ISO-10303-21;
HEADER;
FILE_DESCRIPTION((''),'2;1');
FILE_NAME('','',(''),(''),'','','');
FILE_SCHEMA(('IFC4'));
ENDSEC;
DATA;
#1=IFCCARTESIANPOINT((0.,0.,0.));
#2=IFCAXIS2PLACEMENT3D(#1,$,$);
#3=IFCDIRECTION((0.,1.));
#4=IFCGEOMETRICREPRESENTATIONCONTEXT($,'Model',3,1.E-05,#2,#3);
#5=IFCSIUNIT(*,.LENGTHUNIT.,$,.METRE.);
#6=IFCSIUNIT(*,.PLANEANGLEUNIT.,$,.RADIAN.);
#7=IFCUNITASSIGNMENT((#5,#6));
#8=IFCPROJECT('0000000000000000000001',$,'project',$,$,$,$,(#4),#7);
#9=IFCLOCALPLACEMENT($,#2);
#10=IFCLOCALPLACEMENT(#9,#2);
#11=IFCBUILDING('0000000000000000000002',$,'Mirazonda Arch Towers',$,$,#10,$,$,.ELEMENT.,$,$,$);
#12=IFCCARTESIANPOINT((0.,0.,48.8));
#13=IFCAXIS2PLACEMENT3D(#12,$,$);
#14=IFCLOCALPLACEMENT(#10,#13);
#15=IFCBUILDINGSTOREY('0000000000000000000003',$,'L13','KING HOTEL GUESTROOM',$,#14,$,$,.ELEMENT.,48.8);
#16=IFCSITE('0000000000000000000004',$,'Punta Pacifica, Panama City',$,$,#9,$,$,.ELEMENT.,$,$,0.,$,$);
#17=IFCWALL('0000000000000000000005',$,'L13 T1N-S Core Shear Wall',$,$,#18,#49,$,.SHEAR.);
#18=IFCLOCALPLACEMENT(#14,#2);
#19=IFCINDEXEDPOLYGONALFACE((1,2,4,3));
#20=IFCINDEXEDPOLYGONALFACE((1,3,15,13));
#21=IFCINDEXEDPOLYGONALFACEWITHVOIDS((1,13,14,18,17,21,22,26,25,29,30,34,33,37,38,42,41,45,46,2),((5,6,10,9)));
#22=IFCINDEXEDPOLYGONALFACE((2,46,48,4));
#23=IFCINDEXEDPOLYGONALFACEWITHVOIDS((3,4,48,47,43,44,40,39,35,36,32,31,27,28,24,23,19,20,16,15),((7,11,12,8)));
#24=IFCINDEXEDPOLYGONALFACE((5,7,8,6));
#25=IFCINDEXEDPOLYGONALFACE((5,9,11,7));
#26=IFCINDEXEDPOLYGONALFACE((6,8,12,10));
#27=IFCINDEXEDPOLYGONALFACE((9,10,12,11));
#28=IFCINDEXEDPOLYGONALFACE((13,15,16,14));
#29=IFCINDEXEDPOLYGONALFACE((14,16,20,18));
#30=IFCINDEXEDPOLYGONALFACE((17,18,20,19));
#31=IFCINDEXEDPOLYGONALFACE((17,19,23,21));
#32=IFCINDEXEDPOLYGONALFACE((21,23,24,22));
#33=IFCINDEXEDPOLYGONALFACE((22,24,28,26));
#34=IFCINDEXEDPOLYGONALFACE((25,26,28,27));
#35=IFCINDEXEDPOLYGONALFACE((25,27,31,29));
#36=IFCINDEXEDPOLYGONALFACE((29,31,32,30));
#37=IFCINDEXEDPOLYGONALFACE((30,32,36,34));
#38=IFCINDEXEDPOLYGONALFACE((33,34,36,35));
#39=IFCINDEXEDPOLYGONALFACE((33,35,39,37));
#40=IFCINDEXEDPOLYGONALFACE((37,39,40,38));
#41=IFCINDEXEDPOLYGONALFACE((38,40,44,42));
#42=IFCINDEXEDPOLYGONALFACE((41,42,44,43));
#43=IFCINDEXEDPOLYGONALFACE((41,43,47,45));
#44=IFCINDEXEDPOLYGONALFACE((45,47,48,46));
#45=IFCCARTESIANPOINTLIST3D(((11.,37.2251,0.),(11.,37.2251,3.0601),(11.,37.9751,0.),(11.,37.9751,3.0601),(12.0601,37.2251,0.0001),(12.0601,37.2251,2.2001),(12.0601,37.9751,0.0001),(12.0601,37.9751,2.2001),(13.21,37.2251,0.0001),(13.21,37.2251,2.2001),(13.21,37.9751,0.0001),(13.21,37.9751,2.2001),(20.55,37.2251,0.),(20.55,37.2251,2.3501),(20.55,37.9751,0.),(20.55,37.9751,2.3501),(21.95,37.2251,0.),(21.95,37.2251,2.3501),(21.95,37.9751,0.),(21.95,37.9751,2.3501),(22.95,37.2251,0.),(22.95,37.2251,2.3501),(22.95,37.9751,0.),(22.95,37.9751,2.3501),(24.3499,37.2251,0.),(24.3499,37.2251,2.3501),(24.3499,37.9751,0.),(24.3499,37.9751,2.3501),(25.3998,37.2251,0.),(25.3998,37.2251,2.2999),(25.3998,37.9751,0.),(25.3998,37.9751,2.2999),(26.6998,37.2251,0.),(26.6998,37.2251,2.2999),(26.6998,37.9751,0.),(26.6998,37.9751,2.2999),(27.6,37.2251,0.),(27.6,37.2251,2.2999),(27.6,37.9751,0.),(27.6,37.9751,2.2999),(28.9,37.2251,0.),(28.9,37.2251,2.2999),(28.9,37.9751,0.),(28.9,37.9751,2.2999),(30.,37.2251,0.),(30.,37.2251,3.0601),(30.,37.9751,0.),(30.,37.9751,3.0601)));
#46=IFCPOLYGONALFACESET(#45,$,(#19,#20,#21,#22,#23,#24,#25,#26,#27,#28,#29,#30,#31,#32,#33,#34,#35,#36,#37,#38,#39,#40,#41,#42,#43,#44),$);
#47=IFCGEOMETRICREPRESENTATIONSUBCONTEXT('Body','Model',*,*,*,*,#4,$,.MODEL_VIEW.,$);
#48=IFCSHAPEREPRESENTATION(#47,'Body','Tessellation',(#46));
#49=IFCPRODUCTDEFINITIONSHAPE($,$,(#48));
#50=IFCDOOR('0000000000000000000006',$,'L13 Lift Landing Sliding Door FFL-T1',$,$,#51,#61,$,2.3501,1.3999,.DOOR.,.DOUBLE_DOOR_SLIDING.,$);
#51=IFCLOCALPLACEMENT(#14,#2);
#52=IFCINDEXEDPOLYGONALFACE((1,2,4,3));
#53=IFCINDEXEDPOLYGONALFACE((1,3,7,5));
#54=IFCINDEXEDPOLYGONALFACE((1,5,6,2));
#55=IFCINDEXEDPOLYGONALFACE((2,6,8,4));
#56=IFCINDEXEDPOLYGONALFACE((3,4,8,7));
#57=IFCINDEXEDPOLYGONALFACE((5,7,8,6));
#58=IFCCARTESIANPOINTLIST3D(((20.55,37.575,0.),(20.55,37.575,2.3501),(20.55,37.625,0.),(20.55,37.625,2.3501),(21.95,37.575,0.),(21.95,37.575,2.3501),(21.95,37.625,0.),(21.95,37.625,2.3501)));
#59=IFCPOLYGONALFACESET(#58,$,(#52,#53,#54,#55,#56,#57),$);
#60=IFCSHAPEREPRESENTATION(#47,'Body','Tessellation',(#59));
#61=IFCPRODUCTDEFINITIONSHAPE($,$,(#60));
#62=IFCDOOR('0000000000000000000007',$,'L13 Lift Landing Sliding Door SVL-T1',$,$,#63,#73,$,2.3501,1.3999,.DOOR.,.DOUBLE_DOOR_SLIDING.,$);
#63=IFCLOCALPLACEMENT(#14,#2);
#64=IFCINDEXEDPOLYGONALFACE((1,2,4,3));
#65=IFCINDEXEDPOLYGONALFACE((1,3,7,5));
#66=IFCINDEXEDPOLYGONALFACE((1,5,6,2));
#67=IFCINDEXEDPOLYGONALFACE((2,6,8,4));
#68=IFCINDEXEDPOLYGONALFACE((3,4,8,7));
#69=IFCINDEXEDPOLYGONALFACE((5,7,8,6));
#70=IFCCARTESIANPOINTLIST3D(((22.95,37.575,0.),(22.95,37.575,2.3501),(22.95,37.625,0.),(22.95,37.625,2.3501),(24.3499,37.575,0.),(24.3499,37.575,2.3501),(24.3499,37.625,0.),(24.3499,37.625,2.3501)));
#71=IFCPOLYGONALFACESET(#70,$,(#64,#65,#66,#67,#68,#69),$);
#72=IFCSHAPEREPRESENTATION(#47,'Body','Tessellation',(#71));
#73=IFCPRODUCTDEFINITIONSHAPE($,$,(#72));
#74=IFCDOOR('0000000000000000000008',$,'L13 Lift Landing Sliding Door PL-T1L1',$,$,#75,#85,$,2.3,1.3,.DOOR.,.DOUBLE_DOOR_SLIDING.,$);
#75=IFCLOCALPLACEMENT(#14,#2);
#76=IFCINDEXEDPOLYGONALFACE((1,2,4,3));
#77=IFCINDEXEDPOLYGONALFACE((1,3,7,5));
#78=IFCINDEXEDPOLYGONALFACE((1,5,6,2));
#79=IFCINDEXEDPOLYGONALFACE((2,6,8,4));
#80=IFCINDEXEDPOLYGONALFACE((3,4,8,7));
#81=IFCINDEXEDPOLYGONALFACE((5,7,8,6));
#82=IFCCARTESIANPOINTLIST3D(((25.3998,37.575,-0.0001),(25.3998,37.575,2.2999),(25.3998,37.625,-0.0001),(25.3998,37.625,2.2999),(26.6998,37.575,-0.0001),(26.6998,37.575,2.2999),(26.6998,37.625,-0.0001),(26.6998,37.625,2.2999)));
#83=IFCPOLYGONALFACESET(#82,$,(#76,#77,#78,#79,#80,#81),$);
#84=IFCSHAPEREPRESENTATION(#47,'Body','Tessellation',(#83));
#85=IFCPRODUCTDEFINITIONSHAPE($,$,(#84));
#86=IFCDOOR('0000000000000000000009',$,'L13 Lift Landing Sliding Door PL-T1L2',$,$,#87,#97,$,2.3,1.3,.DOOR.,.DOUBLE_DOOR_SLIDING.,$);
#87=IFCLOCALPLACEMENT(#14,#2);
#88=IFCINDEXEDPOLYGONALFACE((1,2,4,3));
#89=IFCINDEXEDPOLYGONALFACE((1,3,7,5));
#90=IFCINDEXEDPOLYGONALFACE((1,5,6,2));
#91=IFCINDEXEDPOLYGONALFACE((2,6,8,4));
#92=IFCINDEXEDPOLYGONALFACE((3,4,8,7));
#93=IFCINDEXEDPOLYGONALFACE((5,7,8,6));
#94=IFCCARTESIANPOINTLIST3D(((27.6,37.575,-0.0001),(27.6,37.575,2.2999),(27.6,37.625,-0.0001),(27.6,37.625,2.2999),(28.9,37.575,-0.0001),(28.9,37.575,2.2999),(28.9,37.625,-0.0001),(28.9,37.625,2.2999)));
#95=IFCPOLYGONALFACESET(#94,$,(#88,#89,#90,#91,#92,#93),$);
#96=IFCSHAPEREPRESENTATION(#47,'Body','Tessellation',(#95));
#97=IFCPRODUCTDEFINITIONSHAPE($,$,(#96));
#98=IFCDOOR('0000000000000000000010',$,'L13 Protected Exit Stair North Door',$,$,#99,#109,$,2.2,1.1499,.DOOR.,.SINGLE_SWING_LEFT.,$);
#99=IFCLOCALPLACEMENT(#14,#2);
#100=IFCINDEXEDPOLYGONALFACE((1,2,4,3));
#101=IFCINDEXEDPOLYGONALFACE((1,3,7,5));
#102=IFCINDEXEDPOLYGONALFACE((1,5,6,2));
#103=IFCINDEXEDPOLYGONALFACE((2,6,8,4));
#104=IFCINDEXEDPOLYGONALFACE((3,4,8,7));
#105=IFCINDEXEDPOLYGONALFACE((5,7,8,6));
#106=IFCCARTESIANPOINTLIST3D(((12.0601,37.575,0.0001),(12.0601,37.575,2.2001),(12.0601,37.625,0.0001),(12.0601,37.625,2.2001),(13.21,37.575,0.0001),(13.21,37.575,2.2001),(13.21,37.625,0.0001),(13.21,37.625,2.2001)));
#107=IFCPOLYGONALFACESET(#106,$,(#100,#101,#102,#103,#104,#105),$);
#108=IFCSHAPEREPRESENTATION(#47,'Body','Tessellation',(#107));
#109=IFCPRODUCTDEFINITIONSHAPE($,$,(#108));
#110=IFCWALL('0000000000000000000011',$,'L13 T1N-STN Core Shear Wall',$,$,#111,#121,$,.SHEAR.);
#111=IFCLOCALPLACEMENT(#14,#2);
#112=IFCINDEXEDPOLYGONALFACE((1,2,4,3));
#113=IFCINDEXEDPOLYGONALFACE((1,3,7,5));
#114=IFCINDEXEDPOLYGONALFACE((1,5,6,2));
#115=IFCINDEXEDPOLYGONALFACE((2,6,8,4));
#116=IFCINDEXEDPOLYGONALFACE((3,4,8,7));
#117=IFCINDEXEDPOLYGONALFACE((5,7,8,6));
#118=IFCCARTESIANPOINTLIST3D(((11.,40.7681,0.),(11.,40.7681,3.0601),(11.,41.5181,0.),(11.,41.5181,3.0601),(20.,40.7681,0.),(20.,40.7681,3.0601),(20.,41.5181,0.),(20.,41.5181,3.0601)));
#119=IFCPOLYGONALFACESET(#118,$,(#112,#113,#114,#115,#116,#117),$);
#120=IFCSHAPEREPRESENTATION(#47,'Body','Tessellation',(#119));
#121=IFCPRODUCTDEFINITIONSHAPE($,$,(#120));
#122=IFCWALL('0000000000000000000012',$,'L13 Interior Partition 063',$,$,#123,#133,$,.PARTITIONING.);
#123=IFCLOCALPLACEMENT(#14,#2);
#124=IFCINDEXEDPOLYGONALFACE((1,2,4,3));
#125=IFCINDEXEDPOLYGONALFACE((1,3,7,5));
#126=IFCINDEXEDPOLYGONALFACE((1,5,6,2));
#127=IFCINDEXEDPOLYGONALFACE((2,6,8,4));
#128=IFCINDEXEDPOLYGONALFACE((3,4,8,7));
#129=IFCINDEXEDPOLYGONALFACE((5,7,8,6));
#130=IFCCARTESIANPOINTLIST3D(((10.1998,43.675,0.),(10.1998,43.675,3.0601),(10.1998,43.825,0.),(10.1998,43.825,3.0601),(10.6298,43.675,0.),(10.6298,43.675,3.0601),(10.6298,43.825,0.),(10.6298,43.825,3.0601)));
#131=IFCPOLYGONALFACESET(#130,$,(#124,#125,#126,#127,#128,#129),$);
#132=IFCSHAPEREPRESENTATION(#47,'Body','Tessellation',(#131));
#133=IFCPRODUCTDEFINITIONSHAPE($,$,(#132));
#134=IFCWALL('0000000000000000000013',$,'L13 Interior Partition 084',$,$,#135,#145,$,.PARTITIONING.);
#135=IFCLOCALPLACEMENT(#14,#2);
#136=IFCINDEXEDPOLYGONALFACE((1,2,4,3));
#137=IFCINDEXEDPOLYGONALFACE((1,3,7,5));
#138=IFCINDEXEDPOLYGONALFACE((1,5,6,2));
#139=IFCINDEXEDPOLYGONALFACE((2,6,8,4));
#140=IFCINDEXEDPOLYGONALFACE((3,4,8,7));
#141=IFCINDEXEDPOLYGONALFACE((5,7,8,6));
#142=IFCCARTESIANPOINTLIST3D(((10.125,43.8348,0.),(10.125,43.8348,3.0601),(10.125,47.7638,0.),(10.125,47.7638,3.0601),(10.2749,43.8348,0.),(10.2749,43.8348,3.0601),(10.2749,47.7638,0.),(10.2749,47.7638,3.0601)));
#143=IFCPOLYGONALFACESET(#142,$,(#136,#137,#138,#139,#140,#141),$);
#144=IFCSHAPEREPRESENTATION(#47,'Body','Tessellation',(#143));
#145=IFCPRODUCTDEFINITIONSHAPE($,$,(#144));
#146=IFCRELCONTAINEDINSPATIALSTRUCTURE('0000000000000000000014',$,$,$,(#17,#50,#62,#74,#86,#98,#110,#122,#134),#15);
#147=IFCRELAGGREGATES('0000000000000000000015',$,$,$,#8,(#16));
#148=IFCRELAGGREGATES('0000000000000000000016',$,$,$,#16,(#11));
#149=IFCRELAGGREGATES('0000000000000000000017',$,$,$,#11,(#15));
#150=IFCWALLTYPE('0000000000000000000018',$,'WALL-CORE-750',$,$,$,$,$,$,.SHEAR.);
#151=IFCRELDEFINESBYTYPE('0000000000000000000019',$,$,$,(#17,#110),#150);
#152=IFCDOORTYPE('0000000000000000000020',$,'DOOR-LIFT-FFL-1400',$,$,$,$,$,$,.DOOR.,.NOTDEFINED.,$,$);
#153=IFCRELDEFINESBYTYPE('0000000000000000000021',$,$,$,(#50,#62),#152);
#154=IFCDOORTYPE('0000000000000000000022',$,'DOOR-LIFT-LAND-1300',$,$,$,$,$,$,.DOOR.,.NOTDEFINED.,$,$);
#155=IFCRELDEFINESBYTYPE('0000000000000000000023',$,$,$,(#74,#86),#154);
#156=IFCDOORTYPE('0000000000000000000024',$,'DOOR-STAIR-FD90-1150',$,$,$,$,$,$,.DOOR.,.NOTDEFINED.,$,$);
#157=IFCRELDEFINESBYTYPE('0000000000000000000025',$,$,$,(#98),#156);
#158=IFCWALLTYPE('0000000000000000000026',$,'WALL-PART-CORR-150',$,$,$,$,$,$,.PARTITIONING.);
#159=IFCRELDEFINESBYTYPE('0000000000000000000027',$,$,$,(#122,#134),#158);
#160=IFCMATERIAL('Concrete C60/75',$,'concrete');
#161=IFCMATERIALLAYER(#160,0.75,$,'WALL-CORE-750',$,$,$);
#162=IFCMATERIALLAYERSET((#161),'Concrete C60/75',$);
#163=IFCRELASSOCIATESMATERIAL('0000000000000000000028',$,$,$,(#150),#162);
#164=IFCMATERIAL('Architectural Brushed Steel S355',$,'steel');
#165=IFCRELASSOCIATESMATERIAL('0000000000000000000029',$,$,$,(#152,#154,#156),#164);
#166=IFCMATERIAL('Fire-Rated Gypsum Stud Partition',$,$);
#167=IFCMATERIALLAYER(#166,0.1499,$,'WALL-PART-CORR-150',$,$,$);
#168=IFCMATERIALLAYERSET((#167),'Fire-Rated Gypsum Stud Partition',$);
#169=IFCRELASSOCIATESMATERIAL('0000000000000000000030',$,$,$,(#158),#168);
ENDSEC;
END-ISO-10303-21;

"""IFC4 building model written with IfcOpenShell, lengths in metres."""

from ifc_helpers import new_model, si_unit, direction, frame, frame_2d, origin, place, context, subcontext, project, spatial, rectangle, extrude, material, layer, layer_set, type_object, element, fill, save


model = new_model("IFC4")

# Units and contexts
model_context = context("Model", 3, precision=1e-05, world=origin(), true_north=direction((0.0, 1.0)))
body_context = subcontext(model_context, "Body", "Model", "MODEL_VIEW")
ifc_project = project(units=[si_unit("LENGTHUNIT", "METRE"), si_unit("PLANEANGLEUNIT", "RADIAN")], contexts=[model_context])

# Site, building, storey
site_placement = place(None, origin())
site = spatial("IfcSite", under=ifc_project, at=site_placement, Name="Punta Pacifica, Panama City", CompositionType="ELEMENT", RefElevation=0.0)
building_placement = place(site_placement, origin())
building = spatial("IfcBuilding", under=site, at=building_placement, Name="Mirazonda Arch Towers", CompositionType="ELEMENT")
storey_placement = place(building_placement, frame((0.0, 0.0, 48.8)))
storey = spatial("IfcBuildingStorey", under=building, at=storey_placement, Name="L13", Description="KING HOTEL GUESTROOM", CompositionType="ELEMENT", Elevation=48.8)

# Shared definitions
ifc_material_1 = material(Name="Concrete C60/75", Category="concrete")

# Shared definitions
ifc_layer_1 = layer(ifc_material_1, 0.75, Name="WALL-CORE-750")
ifc_layer_set_1 = layer_set([ifc_layer_1], Name="Concrete C60/75")
wall_type_1 = type_object("IfcWallType", Name="WALL-CORE-750", PredefinedType="SHEAR", material=ifc_layer_set_1)

# Wall, openings, doors
wall_1_placement = place(storey_placement, frame((11.0, 37.6001, 0.0), z_axis=(0.0, 0.0, 1.0), x_axis=(1.0, 0.0, 0.0)))
wall_1 = element("IfcWall", 1, at=wall_1_placement, inside=storey, type_object=wall_type_1, Name="L13 T1N-S Core Shear Wall", PredefinedType="SHEAR", context=body_context, shape_type="SweptSolid", body=[
    extrude(rectangle(XDim=19.0, YDim=0.75, at=frame_2d((9.5, 0.0))), origin(), (0.0, 0.0, 1.0), 3.0601),
])
opening_1_placement = place(wall_1_placement, frame((1.0601, 0.0, 0.0)))
opening_1 = element("IfcOpeningElement", 2, at=opening_1_placement, cuts=wall_1, PredefinedType="OPENING", context=body_context, shape_type="SweptSolid", body=[
    extrude(rectangle(XDim=1.1499, YDim=2.2, at=frame_2d((0.575, 1.1001))), frame((0.0, 0.385, 0.0), z_axis=(0.0, -1.0, 0.0), x_axis=(1.0, 0.0, 0.0)), (0.0, 0.0, 1.0), 0.77),
])
opening_2_placement = place(wall_1_placement, frame((9.55, 0.0, 0.0)))
opening_2 = element("IfcOpeningElement", 3, at=opening_2_placement, cuts=wall_1, PredefinedType="OPENING", context=body_context, shape_type="SweptSolid", body=[
    extrude(rectangle(XDim=1.3999, YDim=2.3501, at=frame_2d((0.7, 1.175))), frame((0.0, 0.385, 0.0), z_axis=(0.0, -1.0, 0.0), x_axis=(1.0, 0.0, 0.0)), (0.0, 0.0, 1.0), 0.77),
])
opening_3_placement = place(wall_1_placement, frame((11.95, 0.0, 0.0)))
opening_3 = element("IfcOpeningElement", 4, at=opening_3_placement, cuts=wall_1, PredefinedType="OPENING", context=body_context, shape_type="SweptSolid", body=[
    extrude(rectangle(XDim=1.3999, YDim=2.3501, at=frame_2d((0.7, 1.175))), frame((0.0, 0.385, 0.0), z_axis=(0.0, -1.0, 0.0), x_axis=(1.0, 0.0, 0.0)), (0.0, 0.0, 1.0), 0.77),
])
opening_4_placement = place(wall_1_placement, frame((14.3999, 0.0, 0.0)))
opening_4 = element("IfcOpeningElement", 5, at=opening_4_placement, cuts=wall_1, PredefinedType="OPENING", context=body_context, shape_type="SweptSolid", body=[
    extrude(rectangle(XDim=1.3, YDim=2.3, at=frame_2d((0.6499, 1.1499))), frame((0.0, 0.385, 0.0), z_axis=(0.0, -1.0, 0.0), x_axis=(1.0, 0.0, 0.0)), (0.0, 0.0, 1.0), 0.77),
])
opening_5_placement = place(wall_1_placement, frame((16.6001, 0.0, 0.0)))
opening_5 = element("IfcOpeningElement", 6, at=opening_5_placement, cuts=wall_1, PredefinedType="OPENING", context=body_context, shape_type="SweptSolid", body=[
    extrude(rectangle(XDim=1.3, YDim=2.3, at=frame_2d((0.6499, 1.1499))), frame((0.0, 0.385, 0.0), z_axis=(0.0, -1.0, 0.0), x_axis=(1.0, 0.0, 0.0)), (0.0, 0.0, 1.0), 0.77),
])
ifc_material_2 = material(Name="Architectural Brushed Steel S355", Category="steel")
door_type_1 = type_object("IfcDoorType", Name="DOOR-LIFT-FFL-1400", OperationType="NOTDEFINED", PredefinedType="DOOR", material=ifc_material_2)
door_1_placement = place(opening_2_placement, origin())
door_1 = element("IfcDoor", 7, at=door_1_placement, inside=storey, type_object=door_type_1, Name="L13 Lift Landing Sliding Door FFL-T1", OperationType="DOUBLE_DOOR_SLIDING", OverallHeight=2.3501, OverallWidth=1.3999, PredefinedType="DOOR", context=body_context, shape_type="SweptSolid", body=[
    extrude(rectangle(XDim=1.3999, YDim=2.3501, at=frame_2d((0.7, 1.175))), frame((0.0, 0.0249, 0.0), z_axis=(0.0, -1.0, 0.0), x_axis=(1.0, 0.0, 0.0)), (0.0, 0.0, 1.0), 0.05),
])
fill(opening_2, door_1)
door_2_placement = place(opening_3_placement, origin())
door_2 = element("IfcDoor", 8, at=door_2_placement, inside=storey, type_object=door_type_1, Name="L13 Lift Landing Sliding Door SVL-T1", OperationType="DOUBLE_DOOR_SLIDING", OverallHeight=2.3501, OverallWidth=1.3999, PredefinedType="DOOR", context=body_context, shape_type="SweptSolid", body=[
    extrude(rectangle(XDim=1.3999, YDim=2.3501, at=frame_2d((0.7, 1.175))), frame((0.0, 0.0249, 0.0), z_axis=(0.0, -1.0, 0.0), x_axis=(1.0, 0.0, 0.0)), (0.0, 0.0, 1.0), 0.05),
])
fill(opening_3, door_2)
door_type_2 = type_object("IfcDoorType", Name="DOOR-LIFT-LAND-1300", OperationType="NOTDEFINED", PredefinedType="DOOR", material=ifc_material_2)
door_3_placement = place(opening_4_placement, origin())
door_3 = element("IfcDoor", 9, at=door_3_placement, inside=storey, type_object=door_type_2, Name="L13 Lift Landing Sliding Door PL-T1L1", OperationType="DOUBLE_DOOR_SLIDING", OverallHeight=2.3, OverallWidth=1.3, PredefinedType="DOOR", context=body_context, shape_type="SweptSolid", body=[
    extrude(rectangle(XDim=1.3, YDim=2.3, at=frame_2d((0.6499, 1.1499))), frame((0.0, 0.0249, 0.0), z_axis=(0.0, -1.0, 0.0), x_axis=(1.0, 0.0, 0.0)), (0.0, 0.0, 1.0), 0.05),
])
fill(opening_4, door_3)
door_4_placement = place(opening_5_placement, origin())
door_4 = element("IfcDoor", 10, at=door_4_placement, inside=storey, type_object=door_type_2, Name="L13 Lift Landing Sliding Door PL-T1L2", OperationType="DOUBLE_DOOR_SLIDING", OverallHeight=2.3, OverallWidth=1.3, PredefinedType="DOOR", context=body_context, shape_type="SweptSolid", body=[
    extrude(rectangle(XDim=1.3, YDim=2.3, at=frame_2d((0.6499, 1.1499))), frame((0.0, 0.0249, 0.0), z_axis=(0.0, -1.0, 0.0), x_axis=(1.0, 0.0, 0.0)), (0.0, 0.0, 1.0), 0.05),
])
fill(opening_5, door_4)
door_type_3 = type_object("IfcDoorType", Name="DOOR-STAIR-FD90-1150", OperationType="NOTDEFINED", PredefinedType="DOOR", material=ifc_material_2)
door_5_placement = place(opening_1_placement, origin())
door_5 = element("IfcDoor", 11, at=door_5_placement, inside=storey, type_object=door_type_3, Name="L13 Protected Exit Stair North Door", OperationType="SINGLE_SWING_LEFT", OverallHeight=2.2, OverallWidth=1.1499, PredefinedType="DOOR", context=body_context, shape_type="SweptSolid", body=[
    extrude(rectangle(XDim=1.1499, YDim=2.2, at=frame_2d((0.575, 1.1001))), frame((0.0, 0.0249, 0.0), z_axis=(0.0, -1.0, 0.0), x_axis=(1.0, 0.0, 0.0)), (0.0, 0.0, 1.0), 0.05),
])
fill(opening_1, door_5)

# Walls
wall_2_placement = place(storey_placement, frame((11.0, 41.1431, 0.0), z_axis=(0.0, 0.0, 1.0), x_axis=(1.0, 0.0, 0.0)))
element("IfcWall", 12, at=wall_2_placement, inside=storey, type_object=wall_type_1, Name="L13 T1N-STN Core Shear Wall", PredefinedType="SHEAR", context=body_context, shape_type="SweptSolid", body=[
    extrude(rectangle(XDim=9.0, YDim=0.75, at=frame_2d((4.5, 0.0))), origin(), (0.0, 0.0, 1.0), 3.0601),
])
ifc_material_3 = material(Name="Fire-Rated Gypsum Stud Partition")
ifc_layer_2 = layer(ifc_material_3, 0.1499, Name="WALL-PART-CORR-150")
ifc_layer_set_2 = layer_set([ifc_layer_2], Name="Fire-Rated Gypsum Stud Partition")
wall_type_2 = type_object("IfcWallType", Name="WALL-PART-CORR-150", PredefinedType="PARTITIONING", material=ifc_layer_set_2)
wall_3_placement = place(storey_placement, frame((10.2, 43.75, 0.0), z_axis=(0.0, 0.0, 1.0), x_axis=(1.0, 0.0, 0.0)))
element("IfcWall", 13, at=wall_3_placement, inside=storey, type_object=wall_type_2, Name="L13 Interior Partition 063", PredefinedType="PARTITIONING", context=body_context, shape_type="SweptSolid", body=[
    extrude(rectangle(XDim=0.4299, YDim=0.1499, at=frame_2d((0.2148, 0.0))), origin(), (0.0, 0.0, 1.0), 3.0601),
])
wall_4_placement = place(storey_placement, frame((10.2, 43.835, 0.0), z_axis=(0.0, 0.0, 1.0), x_axis=(0.0, 1.0, 0.0)))
element("IfcWall", 14, at=wall_4_placement, inside=storey, type_object=wall_type_2, Name="L13 Interior Partition 084", PredefinedType="PARTITIONING", context=body_context, shape_type="SweptSolid", body=[
    extrude(rectangle(XDim=3.929, YDim=0.1499, at=frame_2d((1.9644, 0.0))), origin(), (0.0, 0.0, 1.0), 3.0601),
])

save(model, "model.ifc")
